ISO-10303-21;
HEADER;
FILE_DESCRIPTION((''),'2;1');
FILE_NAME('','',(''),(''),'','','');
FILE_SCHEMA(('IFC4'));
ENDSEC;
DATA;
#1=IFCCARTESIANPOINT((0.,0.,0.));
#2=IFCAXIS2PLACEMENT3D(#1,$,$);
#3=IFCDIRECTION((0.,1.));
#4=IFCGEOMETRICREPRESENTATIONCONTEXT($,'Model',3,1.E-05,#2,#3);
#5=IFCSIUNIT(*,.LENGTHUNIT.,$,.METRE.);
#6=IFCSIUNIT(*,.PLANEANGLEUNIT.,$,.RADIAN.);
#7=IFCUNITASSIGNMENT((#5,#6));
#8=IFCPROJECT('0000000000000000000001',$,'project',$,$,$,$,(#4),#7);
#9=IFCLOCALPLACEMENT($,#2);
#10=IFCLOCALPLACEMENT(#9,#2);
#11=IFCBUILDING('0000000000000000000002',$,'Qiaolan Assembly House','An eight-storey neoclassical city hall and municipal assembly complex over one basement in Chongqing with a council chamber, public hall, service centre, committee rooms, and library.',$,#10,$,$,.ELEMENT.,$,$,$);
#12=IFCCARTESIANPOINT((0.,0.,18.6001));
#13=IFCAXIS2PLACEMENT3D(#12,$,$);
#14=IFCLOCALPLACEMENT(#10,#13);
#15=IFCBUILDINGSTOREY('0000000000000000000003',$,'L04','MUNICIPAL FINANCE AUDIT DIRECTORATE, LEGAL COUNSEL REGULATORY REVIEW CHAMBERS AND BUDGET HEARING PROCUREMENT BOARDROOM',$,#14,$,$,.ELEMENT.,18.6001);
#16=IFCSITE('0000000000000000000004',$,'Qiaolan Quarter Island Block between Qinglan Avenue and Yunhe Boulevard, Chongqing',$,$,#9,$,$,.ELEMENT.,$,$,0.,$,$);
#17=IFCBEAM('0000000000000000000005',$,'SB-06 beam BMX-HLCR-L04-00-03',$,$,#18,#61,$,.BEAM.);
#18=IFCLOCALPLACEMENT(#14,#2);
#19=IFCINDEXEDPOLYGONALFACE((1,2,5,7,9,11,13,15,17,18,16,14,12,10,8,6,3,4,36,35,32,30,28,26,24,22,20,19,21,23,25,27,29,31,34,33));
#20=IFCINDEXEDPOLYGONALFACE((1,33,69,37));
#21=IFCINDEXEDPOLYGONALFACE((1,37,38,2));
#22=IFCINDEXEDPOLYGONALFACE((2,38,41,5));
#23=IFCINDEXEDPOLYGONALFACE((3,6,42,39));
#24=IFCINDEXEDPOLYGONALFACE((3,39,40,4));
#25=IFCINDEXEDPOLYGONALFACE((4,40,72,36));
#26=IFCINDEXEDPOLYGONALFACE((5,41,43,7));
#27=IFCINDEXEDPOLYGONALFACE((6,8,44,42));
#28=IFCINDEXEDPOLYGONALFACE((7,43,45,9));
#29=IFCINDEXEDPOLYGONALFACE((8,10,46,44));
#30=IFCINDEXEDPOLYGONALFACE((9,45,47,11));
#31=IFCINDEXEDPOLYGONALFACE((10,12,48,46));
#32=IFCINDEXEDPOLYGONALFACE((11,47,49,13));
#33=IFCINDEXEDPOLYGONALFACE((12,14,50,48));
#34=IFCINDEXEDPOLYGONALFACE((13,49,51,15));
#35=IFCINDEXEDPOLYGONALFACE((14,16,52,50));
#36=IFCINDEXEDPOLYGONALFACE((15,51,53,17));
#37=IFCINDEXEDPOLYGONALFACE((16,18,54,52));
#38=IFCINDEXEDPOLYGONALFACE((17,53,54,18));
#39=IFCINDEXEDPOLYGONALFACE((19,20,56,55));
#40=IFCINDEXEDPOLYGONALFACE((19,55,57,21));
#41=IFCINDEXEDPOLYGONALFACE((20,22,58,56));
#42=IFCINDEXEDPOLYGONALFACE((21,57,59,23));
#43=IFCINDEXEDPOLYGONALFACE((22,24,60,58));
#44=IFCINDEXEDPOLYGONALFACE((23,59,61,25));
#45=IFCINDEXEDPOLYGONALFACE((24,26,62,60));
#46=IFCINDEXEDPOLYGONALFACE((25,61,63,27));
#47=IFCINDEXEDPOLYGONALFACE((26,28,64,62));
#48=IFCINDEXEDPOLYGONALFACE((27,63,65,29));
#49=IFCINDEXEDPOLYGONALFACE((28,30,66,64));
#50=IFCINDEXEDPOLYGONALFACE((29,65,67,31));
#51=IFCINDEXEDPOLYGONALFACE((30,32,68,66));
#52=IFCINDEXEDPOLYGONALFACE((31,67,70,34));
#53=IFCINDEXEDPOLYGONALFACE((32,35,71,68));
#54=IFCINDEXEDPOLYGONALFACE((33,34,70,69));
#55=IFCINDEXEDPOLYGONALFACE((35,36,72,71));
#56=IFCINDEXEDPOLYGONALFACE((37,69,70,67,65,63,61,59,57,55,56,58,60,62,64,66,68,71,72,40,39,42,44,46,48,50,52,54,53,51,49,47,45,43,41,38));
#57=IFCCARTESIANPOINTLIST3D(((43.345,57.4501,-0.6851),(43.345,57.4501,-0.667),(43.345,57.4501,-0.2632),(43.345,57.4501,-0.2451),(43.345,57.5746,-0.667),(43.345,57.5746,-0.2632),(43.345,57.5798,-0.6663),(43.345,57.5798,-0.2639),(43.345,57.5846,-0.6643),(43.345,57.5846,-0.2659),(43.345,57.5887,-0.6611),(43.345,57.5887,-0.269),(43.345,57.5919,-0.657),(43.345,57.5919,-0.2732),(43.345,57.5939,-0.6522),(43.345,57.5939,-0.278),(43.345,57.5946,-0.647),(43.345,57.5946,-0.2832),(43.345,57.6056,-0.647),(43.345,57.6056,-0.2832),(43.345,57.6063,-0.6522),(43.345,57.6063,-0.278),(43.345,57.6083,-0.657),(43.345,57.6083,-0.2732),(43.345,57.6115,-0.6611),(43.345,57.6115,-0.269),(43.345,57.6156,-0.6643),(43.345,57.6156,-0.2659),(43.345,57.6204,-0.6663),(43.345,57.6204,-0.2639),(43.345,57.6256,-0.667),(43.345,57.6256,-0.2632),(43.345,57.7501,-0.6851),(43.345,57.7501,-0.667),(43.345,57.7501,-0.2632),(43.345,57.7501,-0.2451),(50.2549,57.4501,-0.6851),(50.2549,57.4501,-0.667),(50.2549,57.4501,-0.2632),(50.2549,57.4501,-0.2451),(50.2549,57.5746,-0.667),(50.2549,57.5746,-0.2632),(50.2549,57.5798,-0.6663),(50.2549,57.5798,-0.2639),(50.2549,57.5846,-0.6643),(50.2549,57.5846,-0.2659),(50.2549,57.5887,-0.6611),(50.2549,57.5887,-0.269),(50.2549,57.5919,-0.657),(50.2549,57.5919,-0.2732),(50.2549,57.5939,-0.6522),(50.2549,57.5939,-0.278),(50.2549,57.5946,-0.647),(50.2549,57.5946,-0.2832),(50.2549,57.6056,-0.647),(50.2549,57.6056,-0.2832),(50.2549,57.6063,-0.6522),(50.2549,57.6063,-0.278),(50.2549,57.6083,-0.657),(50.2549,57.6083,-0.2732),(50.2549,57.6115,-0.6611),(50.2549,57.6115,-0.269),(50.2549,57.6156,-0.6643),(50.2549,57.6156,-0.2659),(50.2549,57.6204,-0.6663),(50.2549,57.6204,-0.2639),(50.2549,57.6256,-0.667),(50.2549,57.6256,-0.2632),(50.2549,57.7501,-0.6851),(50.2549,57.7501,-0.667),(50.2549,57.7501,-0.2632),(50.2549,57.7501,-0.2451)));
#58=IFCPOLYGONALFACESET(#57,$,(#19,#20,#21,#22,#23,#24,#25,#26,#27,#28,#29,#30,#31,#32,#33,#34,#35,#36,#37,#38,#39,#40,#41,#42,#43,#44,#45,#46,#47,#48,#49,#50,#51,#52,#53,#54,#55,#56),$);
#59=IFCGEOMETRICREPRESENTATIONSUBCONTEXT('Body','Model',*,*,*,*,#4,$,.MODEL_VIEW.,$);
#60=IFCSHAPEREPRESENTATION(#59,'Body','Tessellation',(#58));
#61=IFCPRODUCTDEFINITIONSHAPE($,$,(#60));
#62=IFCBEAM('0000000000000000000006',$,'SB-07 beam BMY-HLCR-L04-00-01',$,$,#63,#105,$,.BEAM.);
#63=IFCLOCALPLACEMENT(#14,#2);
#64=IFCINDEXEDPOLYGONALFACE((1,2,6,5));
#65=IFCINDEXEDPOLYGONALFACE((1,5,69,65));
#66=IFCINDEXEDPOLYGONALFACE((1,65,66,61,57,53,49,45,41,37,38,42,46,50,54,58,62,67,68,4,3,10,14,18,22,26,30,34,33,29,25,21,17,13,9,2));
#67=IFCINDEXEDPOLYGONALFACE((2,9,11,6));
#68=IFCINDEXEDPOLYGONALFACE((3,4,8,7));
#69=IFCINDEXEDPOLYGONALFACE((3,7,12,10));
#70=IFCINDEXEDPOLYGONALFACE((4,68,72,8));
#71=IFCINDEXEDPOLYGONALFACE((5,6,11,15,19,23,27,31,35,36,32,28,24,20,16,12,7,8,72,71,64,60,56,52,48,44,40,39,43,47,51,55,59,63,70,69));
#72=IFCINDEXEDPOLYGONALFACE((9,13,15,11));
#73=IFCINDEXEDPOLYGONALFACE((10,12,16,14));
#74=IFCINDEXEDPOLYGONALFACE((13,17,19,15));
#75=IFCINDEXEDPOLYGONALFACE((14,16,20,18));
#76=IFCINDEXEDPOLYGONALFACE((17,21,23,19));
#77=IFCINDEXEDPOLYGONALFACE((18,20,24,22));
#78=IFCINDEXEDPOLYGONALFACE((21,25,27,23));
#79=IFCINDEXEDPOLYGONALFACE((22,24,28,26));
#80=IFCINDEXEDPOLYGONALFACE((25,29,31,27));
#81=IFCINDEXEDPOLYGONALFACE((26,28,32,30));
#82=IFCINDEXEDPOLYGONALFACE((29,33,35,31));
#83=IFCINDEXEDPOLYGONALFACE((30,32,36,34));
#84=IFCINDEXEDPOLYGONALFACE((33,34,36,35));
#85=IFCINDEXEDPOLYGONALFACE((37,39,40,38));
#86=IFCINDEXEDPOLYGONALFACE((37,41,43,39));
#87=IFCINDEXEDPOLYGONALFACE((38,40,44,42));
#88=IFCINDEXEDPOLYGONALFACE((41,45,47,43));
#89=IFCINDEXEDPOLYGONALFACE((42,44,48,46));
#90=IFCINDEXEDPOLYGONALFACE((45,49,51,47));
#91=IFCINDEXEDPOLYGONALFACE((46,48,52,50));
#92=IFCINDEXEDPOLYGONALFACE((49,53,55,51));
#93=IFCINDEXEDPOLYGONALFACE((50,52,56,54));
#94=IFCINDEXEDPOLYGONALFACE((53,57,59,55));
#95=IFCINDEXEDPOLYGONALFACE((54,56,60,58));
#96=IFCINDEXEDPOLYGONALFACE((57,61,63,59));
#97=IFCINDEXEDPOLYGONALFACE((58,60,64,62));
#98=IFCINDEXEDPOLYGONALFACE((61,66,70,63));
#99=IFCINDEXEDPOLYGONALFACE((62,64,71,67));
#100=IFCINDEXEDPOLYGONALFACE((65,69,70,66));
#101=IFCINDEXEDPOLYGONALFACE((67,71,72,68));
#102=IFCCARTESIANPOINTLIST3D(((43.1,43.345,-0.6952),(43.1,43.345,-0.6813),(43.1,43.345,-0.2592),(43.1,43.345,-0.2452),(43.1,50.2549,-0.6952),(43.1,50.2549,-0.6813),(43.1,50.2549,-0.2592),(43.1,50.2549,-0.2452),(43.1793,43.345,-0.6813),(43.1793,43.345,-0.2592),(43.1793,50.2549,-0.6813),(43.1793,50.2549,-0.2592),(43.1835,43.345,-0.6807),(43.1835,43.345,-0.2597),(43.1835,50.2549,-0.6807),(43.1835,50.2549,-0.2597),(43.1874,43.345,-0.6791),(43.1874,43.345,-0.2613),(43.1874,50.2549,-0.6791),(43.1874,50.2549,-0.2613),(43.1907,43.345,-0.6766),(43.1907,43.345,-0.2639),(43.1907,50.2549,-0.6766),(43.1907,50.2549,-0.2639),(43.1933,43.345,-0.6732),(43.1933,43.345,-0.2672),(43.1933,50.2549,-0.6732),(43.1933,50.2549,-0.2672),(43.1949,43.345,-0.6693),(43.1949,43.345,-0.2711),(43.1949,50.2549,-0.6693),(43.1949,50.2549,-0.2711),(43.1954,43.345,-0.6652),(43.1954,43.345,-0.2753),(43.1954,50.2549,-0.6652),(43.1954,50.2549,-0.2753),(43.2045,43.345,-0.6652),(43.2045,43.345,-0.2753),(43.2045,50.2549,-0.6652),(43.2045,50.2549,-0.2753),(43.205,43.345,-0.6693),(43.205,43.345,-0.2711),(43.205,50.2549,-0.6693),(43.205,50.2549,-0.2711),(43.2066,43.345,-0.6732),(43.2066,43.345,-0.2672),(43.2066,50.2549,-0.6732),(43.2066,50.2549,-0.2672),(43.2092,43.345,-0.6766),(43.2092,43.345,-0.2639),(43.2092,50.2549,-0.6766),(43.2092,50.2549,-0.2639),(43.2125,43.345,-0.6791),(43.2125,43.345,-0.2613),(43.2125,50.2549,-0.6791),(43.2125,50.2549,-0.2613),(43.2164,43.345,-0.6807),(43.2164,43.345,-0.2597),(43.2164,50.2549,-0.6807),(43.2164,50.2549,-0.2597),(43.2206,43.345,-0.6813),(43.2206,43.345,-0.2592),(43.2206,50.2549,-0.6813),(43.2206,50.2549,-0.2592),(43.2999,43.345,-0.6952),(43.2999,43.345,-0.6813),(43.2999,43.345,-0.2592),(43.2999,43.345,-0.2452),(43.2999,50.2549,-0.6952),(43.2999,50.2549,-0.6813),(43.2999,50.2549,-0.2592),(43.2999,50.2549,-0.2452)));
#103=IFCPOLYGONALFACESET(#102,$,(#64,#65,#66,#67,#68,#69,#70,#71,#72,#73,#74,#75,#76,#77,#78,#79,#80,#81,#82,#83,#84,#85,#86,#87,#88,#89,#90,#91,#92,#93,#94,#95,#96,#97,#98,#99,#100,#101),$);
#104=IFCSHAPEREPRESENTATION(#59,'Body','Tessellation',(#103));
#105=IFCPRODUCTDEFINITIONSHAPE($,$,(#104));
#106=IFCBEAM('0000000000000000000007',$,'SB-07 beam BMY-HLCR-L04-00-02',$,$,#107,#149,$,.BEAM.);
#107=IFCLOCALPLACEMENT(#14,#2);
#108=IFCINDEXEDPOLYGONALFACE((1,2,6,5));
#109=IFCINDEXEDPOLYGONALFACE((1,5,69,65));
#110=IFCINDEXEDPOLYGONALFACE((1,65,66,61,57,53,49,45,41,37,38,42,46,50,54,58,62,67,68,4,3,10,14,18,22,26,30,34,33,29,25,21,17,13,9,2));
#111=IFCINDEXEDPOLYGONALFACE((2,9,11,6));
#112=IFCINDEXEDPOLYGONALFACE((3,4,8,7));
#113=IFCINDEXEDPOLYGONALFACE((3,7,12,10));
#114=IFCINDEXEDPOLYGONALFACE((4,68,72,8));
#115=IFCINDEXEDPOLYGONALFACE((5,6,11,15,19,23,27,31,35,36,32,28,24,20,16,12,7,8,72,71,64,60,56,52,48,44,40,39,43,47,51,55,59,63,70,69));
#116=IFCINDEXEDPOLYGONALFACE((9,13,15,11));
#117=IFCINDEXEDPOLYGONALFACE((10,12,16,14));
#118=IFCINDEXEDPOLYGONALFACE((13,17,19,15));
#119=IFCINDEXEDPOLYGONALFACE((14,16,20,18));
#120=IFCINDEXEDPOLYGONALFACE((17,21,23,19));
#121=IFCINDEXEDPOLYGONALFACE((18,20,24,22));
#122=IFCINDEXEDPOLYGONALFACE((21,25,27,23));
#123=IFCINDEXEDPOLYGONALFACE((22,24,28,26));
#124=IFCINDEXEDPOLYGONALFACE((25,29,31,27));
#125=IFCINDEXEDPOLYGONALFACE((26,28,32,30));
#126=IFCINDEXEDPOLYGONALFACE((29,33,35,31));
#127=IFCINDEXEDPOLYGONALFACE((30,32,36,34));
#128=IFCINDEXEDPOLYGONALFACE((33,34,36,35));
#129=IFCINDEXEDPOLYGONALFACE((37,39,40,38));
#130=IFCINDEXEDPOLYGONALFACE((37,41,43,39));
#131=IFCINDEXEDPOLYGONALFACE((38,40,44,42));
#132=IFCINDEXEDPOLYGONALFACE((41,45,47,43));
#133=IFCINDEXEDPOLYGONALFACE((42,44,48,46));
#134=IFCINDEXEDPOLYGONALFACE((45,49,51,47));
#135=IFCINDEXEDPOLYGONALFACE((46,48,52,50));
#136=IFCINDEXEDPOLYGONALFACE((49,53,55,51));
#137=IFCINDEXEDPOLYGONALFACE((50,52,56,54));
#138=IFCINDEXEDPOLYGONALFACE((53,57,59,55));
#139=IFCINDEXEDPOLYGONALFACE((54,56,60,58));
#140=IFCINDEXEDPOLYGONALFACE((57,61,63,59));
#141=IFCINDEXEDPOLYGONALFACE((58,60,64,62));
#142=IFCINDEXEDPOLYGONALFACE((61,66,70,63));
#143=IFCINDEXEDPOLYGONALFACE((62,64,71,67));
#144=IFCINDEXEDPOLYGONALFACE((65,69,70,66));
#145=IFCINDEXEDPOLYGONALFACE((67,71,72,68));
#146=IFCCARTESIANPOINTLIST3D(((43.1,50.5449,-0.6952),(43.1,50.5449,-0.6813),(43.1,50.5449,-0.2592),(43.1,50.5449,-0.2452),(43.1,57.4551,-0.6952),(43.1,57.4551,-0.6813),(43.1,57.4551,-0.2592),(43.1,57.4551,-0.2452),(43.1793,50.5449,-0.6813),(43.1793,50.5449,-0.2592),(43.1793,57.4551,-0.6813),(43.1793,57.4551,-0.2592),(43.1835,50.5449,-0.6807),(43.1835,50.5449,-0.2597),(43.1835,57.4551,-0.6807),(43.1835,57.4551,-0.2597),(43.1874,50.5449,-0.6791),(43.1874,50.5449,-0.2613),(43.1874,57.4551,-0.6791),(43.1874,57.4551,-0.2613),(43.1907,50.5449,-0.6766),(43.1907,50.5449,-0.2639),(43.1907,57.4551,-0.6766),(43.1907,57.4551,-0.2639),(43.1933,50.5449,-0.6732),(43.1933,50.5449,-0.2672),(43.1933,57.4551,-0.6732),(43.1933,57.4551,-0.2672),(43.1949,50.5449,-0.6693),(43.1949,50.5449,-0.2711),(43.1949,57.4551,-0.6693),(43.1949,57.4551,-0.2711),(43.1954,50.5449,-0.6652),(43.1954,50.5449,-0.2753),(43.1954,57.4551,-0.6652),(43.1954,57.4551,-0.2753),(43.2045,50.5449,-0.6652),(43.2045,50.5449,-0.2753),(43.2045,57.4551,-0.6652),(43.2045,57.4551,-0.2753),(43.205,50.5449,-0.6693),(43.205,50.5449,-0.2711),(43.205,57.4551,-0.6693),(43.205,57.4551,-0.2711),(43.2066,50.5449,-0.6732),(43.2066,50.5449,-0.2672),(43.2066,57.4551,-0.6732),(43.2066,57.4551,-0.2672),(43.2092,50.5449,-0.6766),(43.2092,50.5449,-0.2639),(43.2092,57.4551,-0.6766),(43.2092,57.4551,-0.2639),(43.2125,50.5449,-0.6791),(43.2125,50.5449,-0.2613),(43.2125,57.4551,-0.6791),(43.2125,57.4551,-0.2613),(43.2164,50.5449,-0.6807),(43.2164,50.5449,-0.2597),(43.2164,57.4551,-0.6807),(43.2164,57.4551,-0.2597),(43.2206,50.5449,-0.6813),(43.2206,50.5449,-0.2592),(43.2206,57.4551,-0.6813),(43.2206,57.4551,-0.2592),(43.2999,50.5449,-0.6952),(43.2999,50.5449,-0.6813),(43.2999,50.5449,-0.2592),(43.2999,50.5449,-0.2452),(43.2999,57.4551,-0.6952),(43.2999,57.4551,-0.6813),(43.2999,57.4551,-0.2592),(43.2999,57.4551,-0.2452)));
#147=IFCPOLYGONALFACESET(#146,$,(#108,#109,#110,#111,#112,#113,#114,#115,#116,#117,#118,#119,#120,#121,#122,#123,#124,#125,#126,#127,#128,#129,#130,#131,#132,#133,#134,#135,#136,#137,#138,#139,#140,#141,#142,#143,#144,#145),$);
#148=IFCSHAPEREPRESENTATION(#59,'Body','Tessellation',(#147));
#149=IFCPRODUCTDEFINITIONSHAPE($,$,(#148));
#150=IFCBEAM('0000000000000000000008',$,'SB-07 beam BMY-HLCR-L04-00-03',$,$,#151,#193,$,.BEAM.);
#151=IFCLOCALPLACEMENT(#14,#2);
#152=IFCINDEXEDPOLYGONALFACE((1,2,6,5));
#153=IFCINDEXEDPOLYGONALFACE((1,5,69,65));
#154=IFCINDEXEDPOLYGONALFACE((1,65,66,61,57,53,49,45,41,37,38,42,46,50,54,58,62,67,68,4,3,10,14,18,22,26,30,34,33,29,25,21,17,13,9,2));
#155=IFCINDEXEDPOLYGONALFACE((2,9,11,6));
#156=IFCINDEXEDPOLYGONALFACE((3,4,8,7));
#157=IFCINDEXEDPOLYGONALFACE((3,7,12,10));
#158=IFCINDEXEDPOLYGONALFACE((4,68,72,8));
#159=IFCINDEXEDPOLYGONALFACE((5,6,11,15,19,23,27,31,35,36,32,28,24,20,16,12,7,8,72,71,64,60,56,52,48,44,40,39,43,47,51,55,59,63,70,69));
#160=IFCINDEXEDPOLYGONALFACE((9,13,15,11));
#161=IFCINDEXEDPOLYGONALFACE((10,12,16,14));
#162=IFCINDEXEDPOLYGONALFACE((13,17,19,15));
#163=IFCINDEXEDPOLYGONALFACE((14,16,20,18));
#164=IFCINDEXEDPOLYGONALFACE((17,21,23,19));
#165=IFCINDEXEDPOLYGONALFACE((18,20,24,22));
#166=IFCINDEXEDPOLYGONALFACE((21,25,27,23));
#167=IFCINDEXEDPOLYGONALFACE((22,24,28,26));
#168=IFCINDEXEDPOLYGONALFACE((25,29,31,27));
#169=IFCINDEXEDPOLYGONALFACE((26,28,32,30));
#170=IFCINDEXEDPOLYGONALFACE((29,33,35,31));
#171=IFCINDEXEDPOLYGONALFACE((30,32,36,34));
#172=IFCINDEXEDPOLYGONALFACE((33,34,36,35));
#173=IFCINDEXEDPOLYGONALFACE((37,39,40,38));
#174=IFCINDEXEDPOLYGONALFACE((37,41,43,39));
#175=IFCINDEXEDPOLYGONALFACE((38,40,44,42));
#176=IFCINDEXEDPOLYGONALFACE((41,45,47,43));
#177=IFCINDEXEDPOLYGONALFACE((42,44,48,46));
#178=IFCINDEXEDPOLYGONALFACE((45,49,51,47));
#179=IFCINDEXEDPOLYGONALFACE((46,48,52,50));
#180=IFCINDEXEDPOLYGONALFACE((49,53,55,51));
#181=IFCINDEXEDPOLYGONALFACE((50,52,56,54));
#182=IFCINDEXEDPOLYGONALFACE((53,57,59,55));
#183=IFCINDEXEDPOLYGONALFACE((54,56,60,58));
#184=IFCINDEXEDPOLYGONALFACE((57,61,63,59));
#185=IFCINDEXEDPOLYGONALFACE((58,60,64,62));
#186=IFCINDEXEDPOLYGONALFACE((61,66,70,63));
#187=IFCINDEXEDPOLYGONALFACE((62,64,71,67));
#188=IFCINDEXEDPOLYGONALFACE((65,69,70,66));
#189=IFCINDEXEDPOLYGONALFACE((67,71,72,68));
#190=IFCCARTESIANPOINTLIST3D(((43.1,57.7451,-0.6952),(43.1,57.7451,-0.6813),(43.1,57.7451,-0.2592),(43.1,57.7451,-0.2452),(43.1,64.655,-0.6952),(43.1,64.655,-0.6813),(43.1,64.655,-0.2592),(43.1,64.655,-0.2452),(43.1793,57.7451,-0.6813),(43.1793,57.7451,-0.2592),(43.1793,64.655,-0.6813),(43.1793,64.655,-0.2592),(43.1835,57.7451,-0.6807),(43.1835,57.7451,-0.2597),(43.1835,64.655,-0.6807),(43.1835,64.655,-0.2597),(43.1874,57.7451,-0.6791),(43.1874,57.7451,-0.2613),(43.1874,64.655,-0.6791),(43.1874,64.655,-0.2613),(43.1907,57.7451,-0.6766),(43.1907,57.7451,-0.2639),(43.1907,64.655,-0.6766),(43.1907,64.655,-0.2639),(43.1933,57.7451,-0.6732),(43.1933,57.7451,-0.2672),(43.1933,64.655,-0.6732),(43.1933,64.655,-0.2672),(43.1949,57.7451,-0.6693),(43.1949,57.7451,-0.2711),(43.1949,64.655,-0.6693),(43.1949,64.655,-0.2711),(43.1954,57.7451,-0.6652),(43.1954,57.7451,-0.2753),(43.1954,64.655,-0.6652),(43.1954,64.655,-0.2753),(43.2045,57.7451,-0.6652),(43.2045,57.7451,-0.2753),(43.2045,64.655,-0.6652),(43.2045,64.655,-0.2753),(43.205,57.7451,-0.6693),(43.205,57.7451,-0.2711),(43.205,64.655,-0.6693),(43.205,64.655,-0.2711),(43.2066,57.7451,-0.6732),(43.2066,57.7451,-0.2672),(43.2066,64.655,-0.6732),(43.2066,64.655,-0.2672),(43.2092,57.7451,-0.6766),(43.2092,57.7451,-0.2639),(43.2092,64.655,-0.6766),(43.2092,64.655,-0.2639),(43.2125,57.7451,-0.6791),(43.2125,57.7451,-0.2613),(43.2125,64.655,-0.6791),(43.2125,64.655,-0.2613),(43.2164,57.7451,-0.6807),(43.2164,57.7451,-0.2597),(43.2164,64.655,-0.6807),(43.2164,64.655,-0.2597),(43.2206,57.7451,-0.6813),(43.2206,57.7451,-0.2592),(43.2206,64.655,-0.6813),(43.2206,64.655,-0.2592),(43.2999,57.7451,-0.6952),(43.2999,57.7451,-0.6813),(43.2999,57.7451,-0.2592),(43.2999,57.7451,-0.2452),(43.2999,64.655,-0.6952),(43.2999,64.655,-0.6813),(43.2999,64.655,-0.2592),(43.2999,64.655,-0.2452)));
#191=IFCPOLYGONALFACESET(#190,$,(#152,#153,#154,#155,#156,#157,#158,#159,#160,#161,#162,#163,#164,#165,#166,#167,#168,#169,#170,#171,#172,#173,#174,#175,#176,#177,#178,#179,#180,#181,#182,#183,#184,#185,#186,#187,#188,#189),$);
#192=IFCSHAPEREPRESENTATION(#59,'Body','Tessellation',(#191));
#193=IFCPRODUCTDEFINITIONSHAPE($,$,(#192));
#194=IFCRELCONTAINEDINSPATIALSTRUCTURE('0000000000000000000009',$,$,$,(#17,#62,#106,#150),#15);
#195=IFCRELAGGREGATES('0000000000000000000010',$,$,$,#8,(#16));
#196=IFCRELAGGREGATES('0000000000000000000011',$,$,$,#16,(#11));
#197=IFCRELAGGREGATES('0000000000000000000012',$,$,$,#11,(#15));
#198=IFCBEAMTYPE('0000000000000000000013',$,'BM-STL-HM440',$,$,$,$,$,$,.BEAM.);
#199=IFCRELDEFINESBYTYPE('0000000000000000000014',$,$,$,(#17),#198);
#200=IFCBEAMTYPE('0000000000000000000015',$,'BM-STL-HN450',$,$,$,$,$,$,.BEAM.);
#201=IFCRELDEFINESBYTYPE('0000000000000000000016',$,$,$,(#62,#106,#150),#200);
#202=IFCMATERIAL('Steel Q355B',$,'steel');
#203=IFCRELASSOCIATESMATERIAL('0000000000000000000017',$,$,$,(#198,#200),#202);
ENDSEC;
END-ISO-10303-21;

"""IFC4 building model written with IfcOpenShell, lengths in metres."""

from ifc_helpers import new_model, si_unit, direction, frame, origin, origin_2d, place, context, subcontext, project, spatial, i_section, extrude, material, material_profile, profile_set, type_object, element, save


model = new_model("IFC4")

# Units and contexts
model_context = context("Model", 3, precision=1e-05, world=origin(), true_north=direction((0.0, 1.0)))
body_context = subcontext(model_context, "Body", "Model", "MODEL_VIEW")
ifc_project = project(units=[si_unit("LENGTHUNIT", "METRE"), si_unit("PLANEANGLEUNIT", "RADIAN")], contexts=[model_context])

# Site, building, storey
site_placement = place(None, origin())
site = spatial("IfcSite", under=ifc_project, at=site_placement, Name="Qiaolan Quarter Island Block between Qinglan Avenue and Yunhe Boulevard, Chongqing", CompositionType="ELEMENT", RefElevation=0.0)
building_placement = place(site_placement, origin())
building = spatial("IfcBuilding", under=site, at=building_placement, Name="Qiaolan Assembly House", Description="An eight-storey neoclassical city hall and municipal assembly complex over one basement in Chongqing with a council chamber, public hall, service centre, committee rooms, and library.", CompositionType="ELEMENT")
storey_placement = place(building_placement, frame((0.0, 0.0, 18.6001)))
storey = spatial("IfcBuildingStorey", under=building, at=storey_placement, Name="L04", Description="MUNICIPAL FINANCE AUDIT DIRECTORATE, LEGAL COUNSEL REGULATORY REVIEW CHAMBERS AND BUDGET HEARING PROCUREMENT BOARDROOM", CompositionType="ELEMENT", Elevation=18.6001)

# Beams
ifc_material_1 = material(Name="Steel Q355B", Category="steel")
ifc_material_profile_1 = material_profile(ifc_material_1, i_section(OverallWidth=0.3, OverallDepth=0.4399, WebThickness=0.011, FlangeThickness=0.0181, FilletRadius=0.02, at=origin_2d()), Name="HM 440x300x11x18")
ifc_profile_set_1 = profile_set([ifc_material_profile_1], Name="Steel Q355B")
beam_type_1 = type_object("IfcBeamType", Name="BM-STL-HM440", PredefinedType="BEAM", material=ifc_profile_set_1)
for number, where, z_axis, x_axis, name in (
    (1, (43.345, 57.6001, -0.4651), (1.0, 0.0, 0.0), (0.0, 1.0, 0.0), "SB-06 beam BMX-HLCR-L04-00-03"),
):
    element("IfcBeam", number, at=place(storey_placement, frame(where, z_axis=z_axis, x_axis=x_axis)), inside=storey, type_object=beam_type_1, Name=name, PredefinedType="BEAM", context=body_context, shape_type="SweptSolid", body=[
        extrude(i_section(OverallWidth=0.3, OverallDepth=0.4399, WebThickness=0.011, FlangeThickness=0.0181, FilletRadius=0.02, at=origin_2d()), origin(), (0.0, 0.0, 1.0), 6.9099),
    ])
ifc_material_profile_2 = material_profile(ifc_material_1, i_section(OverallWidth=0.2, OverallDepth=0.45, WebThickness=0.009, FlangeThickness=0.0139, FilletRadius=0.0161, at=origin_2d()), Name="HN 450x200x9x14")
ifc_profile_set_2 = profile_set([ifc_material_profile_2], Name="Steel Q355B")
beam_type_2 = type_object("IfcBeamType", Name="BM-STL-HN450", PredefinedType="BEAM", material=ifc_profile_set_2)
beam_1_placement = place(storey_placement, frame((43.2, 43.345, -0.4702), z_axis=(0.0, 1.0, 0.0), x_axis=(-1.0, 0.0, 0.0)))
element("IfcBeam", 2, at=beam_1_placement, inside=storey, type_object=beam_type_2, Name="SB-07 beam BMY-HLCR-L04-00-01", PredefinedType="BEAM", context=body_context, shape_type="SweptSolid", body=[
    extrude(i_section(OverallWidth=0.2, OverallDepth=0.45, WebThickness=0.009, FlangeThickness=0.0139, FilletRadius=0.0161, at=origin_2d()), origin(), (0.0, 0.0, 1.0), 6.9099),
])
beam_2_placement = place(storey_placement, frame((43.2, 50.5449, -0.4702), z_axis=(0.0, 1.0, 0.0), x_axis=(-1.0, 0.0, 0.0)))
element("IfcBeam", 3, at=beam_2_placement, inside=storey, type_object=beam_type_2, Name="SB-07 beam BMY-HLCR-L04-00-02", PredefinedType="BEAM", context=body_context, shape_type="SweptSolid", body=[
    extrude(i_section(OverallWidth=0.2, OverallDepth=0.45, WebThickness=0.009, FlangeThickness=0.0139, FilletRadius=0.0161, at=origin_2d()), origin(), (0.0, 0.0, 1.0), 6.9102),
])
for number, where, z_axis, x_axis, name in (
    (4, (43.2, 57.7451, -0.4702), (0.0, 1.0, 0.0), (-1.0, 0.0, 0.0), "SB-07 beam BMY-HLCR-L04-00-03"),
):
    element("IfcBeam", number, at=place(storey_placement, frame(where, z_axis=z_axis, x_axis=x_axis)), inside=storey, type_object=beam_type_2, Name=name, PredefinedType="BEAM", context=body_context, shape_type="SweptSolid", body=[
        extrude(i_section(OverallWidth=0.2, OverallDepth=0.45, WebThickness=0.009, FlangeThickness=0.0139, FilletRadius=0.0161, at=origin_2d()), origin(), (0.0, 0.0, 1.0), 6.9099),
    ])

save(model, "model.ifc")
